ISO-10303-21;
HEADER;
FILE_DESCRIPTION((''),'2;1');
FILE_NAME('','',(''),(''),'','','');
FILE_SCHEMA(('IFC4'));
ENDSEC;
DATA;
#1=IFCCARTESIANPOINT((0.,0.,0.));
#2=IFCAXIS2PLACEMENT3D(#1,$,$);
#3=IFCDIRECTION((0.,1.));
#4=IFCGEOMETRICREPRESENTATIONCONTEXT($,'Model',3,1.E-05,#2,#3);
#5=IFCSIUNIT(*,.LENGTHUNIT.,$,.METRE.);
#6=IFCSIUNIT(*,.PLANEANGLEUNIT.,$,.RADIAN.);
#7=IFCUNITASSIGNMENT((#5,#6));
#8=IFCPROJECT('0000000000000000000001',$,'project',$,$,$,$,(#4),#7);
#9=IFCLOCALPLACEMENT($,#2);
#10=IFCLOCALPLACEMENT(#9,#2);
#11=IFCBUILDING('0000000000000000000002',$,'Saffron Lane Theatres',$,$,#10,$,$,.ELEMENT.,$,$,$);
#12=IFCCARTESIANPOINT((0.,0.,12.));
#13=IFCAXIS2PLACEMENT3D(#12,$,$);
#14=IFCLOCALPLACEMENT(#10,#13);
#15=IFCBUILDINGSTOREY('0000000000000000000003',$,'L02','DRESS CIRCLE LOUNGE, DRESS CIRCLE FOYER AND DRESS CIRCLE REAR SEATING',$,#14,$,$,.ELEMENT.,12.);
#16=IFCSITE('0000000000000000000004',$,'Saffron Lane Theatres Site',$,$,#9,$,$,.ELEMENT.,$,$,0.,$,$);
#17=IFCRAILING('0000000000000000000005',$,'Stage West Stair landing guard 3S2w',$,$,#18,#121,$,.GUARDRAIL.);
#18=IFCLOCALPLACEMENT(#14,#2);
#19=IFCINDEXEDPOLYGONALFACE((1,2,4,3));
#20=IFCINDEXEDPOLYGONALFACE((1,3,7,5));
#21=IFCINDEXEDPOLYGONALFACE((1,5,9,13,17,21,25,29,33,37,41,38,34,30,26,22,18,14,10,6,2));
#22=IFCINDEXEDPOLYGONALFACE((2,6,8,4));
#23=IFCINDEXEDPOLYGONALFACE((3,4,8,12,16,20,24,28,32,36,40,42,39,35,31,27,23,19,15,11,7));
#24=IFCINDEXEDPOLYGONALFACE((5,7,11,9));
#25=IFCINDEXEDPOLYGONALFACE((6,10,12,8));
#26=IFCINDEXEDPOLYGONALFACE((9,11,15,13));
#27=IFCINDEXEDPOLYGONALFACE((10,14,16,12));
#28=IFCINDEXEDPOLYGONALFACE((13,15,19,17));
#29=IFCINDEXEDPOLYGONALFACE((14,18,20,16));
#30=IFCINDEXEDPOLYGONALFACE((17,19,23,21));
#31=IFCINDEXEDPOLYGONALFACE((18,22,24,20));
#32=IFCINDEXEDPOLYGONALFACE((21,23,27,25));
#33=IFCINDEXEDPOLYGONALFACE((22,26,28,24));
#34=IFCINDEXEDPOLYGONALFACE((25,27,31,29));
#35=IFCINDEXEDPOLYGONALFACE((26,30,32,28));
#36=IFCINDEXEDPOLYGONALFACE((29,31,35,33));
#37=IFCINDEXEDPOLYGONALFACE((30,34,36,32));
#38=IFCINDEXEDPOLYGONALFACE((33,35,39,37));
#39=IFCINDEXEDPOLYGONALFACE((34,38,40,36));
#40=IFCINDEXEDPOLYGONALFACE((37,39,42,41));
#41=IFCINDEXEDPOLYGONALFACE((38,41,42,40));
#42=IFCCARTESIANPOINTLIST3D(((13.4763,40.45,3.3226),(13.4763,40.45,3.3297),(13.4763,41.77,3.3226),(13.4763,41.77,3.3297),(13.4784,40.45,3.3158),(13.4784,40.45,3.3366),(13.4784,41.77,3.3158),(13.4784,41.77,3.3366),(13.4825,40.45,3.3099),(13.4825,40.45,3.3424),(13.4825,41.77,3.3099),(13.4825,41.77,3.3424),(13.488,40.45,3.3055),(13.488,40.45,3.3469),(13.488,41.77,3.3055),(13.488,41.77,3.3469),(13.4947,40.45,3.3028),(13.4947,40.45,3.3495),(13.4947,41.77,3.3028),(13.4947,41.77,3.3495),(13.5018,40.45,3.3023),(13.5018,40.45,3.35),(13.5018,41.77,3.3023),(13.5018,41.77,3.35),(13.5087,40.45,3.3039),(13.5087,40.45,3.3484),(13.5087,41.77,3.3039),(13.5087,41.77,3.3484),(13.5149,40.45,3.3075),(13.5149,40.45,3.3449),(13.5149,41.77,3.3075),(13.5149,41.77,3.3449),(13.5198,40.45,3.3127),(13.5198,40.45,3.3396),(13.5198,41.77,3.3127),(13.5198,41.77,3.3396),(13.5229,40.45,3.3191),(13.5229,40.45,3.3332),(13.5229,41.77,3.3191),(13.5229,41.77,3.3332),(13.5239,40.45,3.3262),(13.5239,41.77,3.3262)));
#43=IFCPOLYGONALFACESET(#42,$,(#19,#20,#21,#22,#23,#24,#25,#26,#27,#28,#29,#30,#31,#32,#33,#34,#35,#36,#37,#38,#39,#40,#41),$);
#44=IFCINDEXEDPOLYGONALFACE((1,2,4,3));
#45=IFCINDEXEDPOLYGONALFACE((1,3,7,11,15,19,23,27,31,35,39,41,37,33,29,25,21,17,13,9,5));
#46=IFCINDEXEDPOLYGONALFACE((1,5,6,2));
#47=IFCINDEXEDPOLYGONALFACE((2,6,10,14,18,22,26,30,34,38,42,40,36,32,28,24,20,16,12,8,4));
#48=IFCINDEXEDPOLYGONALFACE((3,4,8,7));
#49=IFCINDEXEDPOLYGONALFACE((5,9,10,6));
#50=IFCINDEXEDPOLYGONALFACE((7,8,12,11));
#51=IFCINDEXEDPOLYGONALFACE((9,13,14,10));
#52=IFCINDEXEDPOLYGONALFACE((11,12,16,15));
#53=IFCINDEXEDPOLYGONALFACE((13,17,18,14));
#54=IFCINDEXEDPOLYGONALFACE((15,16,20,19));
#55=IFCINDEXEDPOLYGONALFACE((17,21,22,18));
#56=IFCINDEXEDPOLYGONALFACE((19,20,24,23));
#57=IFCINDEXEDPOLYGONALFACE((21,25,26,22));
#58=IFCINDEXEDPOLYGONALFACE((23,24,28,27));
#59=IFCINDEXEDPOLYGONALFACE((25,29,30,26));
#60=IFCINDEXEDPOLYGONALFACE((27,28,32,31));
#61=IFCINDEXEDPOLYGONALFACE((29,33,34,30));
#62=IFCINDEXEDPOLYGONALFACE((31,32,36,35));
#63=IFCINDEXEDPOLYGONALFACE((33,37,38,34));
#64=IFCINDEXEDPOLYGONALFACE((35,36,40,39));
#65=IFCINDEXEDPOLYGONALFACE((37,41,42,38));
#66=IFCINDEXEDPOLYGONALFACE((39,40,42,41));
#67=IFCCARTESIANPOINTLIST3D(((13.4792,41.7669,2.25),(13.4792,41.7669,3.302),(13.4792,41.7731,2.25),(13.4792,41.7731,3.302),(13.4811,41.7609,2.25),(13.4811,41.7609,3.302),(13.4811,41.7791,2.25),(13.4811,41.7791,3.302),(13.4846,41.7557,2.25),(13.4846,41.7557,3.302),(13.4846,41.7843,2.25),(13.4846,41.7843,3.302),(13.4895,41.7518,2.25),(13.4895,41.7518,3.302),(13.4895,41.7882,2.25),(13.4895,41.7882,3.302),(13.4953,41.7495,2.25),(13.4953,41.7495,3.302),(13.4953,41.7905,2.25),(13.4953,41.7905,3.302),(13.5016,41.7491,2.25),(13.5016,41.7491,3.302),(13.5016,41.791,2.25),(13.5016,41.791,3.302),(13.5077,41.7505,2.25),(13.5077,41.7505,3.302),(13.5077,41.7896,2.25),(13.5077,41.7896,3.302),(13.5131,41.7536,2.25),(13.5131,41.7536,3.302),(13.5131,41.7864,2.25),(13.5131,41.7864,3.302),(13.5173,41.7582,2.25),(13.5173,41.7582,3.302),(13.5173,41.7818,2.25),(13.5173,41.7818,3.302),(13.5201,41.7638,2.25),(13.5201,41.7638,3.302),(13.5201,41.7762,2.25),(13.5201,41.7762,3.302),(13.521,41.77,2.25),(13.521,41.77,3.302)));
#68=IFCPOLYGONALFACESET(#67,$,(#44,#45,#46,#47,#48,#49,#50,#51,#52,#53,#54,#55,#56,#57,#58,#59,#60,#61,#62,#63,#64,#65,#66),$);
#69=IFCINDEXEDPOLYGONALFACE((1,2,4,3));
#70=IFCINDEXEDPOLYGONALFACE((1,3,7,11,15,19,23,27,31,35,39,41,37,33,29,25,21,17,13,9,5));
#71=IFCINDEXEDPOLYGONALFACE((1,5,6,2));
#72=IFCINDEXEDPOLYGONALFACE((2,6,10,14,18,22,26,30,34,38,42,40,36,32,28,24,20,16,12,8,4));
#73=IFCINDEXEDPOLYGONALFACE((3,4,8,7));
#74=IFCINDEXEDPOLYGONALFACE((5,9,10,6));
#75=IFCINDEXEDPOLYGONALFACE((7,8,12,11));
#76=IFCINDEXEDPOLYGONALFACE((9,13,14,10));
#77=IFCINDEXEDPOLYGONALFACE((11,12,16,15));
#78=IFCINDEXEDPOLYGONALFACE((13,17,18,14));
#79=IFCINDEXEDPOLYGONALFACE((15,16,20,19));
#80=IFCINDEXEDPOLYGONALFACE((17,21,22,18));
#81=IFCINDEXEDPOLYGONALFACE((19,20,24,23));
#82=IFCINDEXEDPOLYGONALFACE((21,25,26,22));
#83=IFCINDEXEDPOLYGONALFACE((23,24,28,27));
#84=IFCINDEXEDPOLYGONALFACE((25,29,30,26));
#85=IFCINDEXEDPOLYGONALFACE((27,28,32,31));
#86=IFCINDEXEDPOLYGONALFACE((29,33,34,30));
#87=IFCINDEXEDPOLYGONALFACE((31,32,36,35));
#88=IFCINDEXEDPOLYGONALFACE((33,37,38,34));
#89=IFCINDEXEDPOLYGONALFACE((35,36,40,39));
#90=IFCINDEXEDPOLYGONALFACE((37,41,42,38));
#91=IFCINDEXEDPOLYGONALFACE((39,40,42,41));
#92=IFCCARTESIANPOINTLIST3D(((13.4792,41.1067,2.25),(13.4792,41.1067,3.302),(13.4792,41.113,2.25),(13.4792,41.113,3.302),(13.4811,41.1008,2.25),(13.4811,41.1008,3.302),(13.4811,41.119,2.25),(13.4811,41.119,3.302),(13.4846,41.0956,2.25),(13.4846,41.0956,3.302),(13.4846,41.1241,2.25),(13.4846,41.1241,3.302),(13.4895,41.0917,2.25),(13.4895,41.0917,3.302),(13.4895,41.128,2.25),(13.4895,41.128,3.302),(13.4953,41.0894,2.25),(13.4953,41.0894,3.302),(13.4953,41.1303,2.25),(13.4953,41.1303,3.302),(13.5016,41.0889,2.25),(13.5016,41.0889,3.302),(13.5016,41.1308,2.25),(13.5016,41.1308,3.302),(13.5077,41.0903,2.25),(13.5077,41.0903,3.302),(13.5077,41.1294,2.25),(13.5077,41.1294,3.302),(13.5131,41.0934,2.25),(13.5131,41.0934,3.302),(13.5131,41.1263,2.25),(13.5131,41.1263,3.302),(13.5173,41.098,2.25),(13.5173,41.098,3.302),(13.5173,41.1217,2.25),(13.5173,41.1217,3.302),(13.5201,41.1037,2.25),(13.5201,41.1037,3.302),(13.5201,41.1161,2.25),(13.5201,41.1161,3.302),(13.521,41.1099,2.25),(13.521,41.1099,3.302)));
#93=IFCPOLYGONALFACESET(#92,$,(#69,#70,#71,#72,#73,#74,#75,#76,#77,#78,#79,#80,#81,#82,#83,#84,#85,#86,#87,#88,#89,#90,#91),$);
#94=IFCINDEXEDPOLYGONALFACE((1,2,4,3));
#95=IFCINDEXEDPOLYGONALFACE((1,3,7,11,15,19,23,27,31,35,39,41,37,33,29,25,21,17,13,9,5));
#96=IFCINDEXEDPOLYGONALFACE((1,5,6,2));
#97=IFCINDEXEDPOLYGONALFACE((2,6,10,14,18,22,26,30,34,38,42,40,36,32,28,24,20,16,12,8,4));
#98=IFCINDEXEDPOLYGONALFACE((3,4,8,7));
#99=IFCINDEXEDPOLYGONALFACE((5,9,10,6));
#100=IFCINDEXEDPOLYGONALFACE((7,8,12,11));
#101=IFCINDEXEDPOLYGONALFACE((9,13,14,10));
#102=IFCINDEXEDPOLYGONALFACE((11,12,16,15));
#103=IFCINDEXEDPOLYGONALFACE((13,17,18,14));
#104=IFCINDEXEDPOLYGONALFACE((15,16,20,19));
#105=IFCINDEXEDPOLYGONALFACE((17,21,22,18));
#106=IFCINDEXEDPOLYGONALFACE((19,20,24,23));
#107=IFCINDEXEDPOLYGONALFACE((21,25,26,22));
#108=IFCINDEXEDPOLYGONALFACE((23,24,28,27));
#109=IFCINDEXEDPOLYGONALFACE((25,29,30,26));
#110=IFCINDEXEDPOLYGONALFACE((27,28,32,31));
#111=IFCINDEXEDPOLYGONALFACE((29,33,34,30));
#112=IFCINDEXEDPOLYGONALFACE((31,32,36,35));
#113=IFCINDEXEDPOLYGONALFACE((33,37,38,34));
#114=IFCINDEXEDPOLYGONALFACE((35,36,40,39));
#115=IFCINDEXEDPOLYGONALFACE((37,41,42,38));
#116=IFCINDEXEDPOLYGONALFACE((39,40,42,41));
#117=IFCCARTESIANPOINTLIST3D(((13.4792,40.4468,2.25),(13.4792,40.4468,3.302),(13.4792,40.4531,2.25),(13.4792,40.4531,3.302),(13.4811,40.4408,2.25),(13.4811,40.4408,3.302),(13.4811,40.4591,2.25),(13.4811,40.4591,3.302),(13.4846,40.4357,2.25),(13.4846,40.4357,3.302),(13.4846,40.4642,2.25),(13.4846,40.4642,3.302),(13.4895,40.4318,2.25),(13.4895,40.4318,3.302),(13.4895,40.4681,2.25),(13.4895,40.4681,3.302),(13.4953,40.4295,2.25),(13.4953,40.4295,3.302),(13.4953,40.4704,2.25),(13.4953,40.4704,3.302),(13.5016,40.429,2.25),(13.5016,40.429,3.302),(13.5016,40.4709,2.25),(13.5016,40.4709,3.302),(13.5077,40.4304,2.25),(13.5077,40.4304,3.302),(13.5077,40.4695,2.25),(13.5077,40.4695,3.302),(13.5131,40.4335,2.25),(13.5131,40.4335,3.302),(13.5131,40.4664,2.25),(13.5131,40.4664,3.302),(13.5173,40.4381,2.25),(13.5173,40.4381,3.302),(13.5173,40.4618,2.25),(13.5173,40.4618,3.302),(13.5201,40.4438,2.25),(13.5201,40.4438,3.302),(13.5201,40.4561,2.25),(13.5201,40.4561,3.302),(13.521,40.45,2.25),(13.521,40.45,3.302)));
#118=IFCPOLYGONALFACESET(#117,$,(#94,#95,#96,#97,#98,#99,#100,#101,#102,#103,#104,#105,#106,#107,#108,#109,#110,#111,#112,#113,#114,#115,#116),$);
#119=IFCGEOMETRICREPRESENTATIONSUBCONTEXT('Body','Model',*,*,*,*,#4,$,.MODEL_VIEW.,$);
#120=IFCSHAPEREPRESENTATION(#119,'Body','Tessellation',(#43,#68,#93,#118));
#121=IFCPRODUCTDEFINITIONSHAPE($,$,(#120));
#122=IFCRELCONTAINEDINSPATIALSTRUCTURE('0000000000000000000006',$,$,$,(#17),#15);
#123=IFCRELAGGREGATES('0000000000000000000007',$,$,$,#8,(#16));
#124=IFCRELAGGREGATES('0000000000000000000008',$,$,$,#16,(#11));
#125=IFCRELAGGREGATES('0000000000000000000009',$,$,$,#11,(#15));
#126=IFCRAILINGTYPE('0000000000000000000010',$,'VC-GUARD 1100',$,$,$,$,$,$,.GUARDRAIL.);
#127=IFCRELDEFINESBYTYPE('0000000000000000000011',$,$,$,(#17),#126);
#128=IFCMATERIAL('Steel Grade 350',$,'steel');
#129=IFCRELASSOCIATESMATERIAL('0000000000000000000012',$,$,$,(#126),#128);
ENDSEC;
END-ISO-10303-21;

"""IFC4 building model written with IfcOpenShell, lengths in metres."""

from ifc_helpers import new_model, si_unit, direction, frame, origin, origin_2d, place, context, subcontext, project, spatial, circle, extrude, material, type_object, element, save


model = new_model("IFC4")

# Units and contexts
model_context = context("Model", 3, precision=1e-05, world=origin(), true_north=direction((0.0, 1.0)))
body_context = subcontext(model_context, "Body", "Model", "MODEL_VIEW")
ifc_project = project(units=[si_unit("LENGTHUNIT", "METRE"), si_unit("PLANEANGLEUNIT", "RADIAN")], contexts=[model_context])

# Site, building, storey
site_placement = place(None, origin())
site = spatial("IfcSite", under=ifc_project, at=site_placement, Name="Saffron Lane Theatres Site", CompositionType="ELEMENT", RefElevation=0.0)
building_placement = place(site_placement, origin())
building = spatial("IfcBuilding", under=site, at=building_placement, Name="Saffron Lane Theatres", CompositionType="ELEMENT")
storey_placement = place(building_placement, frame((0.0, 0.0, 12.0)))
storey = spatial("IfcBuildingStorey", under=building, at=storey_placement, Name="L02", Description="DRESS CIRCLE LOUNGE, DRESS CIRCLE FOYER AND DRESS CIRCLE REAR SEATING", CompositionType="ELEMENT", Elevation=12.0)

# Railing
ifc_material_1 = material(Name="Steel Grade 350", Category="steel")
railing_type_1 = type_object("IfcRailingType", Name="VC-GUARD 1100", PredefinedType="GUARDRAIL", material=ifc_material_1)
railing_1_placement = place(storey_placement, frame((13.5, 41.77, 2.25)))
element("IfcRailing", 1, at=railing_1_placement, inside=storey, type_object=railing_type_1, Name="Stage West Stair landing guard 3S2w", PredefinedType="GUARDRAIL", context=body_context, shape_type="SweptSolid", body=[
    extrude(circle(Radius=0.0239, at=origin_2d()), frame((0.0, 0.0, 1.0762), z_axis=(0.0, -1.0, 0.0), x_axis=(1.0, 0.0, 0.0)), (0.0, 0.0, 1.0), 1.3201),
    extrude(circle(Radius=0.021, at=origin_2d()), origin(), (0.0, 0.0, 1.0), 1.052),
    extrude(circle(Radius=0.021, at=origin_2d()), frame((0.0, -0.6602, 0.0)), (0.0, 0.0, 1.0), 1.052),
    extrude(circle(Radius=0.021, at=origin_2d()), frame((0.0, -1.3201, 0.0)), (0.0, 0.0, 1.0), 1.052),
])

save(model, "model.ifc")
